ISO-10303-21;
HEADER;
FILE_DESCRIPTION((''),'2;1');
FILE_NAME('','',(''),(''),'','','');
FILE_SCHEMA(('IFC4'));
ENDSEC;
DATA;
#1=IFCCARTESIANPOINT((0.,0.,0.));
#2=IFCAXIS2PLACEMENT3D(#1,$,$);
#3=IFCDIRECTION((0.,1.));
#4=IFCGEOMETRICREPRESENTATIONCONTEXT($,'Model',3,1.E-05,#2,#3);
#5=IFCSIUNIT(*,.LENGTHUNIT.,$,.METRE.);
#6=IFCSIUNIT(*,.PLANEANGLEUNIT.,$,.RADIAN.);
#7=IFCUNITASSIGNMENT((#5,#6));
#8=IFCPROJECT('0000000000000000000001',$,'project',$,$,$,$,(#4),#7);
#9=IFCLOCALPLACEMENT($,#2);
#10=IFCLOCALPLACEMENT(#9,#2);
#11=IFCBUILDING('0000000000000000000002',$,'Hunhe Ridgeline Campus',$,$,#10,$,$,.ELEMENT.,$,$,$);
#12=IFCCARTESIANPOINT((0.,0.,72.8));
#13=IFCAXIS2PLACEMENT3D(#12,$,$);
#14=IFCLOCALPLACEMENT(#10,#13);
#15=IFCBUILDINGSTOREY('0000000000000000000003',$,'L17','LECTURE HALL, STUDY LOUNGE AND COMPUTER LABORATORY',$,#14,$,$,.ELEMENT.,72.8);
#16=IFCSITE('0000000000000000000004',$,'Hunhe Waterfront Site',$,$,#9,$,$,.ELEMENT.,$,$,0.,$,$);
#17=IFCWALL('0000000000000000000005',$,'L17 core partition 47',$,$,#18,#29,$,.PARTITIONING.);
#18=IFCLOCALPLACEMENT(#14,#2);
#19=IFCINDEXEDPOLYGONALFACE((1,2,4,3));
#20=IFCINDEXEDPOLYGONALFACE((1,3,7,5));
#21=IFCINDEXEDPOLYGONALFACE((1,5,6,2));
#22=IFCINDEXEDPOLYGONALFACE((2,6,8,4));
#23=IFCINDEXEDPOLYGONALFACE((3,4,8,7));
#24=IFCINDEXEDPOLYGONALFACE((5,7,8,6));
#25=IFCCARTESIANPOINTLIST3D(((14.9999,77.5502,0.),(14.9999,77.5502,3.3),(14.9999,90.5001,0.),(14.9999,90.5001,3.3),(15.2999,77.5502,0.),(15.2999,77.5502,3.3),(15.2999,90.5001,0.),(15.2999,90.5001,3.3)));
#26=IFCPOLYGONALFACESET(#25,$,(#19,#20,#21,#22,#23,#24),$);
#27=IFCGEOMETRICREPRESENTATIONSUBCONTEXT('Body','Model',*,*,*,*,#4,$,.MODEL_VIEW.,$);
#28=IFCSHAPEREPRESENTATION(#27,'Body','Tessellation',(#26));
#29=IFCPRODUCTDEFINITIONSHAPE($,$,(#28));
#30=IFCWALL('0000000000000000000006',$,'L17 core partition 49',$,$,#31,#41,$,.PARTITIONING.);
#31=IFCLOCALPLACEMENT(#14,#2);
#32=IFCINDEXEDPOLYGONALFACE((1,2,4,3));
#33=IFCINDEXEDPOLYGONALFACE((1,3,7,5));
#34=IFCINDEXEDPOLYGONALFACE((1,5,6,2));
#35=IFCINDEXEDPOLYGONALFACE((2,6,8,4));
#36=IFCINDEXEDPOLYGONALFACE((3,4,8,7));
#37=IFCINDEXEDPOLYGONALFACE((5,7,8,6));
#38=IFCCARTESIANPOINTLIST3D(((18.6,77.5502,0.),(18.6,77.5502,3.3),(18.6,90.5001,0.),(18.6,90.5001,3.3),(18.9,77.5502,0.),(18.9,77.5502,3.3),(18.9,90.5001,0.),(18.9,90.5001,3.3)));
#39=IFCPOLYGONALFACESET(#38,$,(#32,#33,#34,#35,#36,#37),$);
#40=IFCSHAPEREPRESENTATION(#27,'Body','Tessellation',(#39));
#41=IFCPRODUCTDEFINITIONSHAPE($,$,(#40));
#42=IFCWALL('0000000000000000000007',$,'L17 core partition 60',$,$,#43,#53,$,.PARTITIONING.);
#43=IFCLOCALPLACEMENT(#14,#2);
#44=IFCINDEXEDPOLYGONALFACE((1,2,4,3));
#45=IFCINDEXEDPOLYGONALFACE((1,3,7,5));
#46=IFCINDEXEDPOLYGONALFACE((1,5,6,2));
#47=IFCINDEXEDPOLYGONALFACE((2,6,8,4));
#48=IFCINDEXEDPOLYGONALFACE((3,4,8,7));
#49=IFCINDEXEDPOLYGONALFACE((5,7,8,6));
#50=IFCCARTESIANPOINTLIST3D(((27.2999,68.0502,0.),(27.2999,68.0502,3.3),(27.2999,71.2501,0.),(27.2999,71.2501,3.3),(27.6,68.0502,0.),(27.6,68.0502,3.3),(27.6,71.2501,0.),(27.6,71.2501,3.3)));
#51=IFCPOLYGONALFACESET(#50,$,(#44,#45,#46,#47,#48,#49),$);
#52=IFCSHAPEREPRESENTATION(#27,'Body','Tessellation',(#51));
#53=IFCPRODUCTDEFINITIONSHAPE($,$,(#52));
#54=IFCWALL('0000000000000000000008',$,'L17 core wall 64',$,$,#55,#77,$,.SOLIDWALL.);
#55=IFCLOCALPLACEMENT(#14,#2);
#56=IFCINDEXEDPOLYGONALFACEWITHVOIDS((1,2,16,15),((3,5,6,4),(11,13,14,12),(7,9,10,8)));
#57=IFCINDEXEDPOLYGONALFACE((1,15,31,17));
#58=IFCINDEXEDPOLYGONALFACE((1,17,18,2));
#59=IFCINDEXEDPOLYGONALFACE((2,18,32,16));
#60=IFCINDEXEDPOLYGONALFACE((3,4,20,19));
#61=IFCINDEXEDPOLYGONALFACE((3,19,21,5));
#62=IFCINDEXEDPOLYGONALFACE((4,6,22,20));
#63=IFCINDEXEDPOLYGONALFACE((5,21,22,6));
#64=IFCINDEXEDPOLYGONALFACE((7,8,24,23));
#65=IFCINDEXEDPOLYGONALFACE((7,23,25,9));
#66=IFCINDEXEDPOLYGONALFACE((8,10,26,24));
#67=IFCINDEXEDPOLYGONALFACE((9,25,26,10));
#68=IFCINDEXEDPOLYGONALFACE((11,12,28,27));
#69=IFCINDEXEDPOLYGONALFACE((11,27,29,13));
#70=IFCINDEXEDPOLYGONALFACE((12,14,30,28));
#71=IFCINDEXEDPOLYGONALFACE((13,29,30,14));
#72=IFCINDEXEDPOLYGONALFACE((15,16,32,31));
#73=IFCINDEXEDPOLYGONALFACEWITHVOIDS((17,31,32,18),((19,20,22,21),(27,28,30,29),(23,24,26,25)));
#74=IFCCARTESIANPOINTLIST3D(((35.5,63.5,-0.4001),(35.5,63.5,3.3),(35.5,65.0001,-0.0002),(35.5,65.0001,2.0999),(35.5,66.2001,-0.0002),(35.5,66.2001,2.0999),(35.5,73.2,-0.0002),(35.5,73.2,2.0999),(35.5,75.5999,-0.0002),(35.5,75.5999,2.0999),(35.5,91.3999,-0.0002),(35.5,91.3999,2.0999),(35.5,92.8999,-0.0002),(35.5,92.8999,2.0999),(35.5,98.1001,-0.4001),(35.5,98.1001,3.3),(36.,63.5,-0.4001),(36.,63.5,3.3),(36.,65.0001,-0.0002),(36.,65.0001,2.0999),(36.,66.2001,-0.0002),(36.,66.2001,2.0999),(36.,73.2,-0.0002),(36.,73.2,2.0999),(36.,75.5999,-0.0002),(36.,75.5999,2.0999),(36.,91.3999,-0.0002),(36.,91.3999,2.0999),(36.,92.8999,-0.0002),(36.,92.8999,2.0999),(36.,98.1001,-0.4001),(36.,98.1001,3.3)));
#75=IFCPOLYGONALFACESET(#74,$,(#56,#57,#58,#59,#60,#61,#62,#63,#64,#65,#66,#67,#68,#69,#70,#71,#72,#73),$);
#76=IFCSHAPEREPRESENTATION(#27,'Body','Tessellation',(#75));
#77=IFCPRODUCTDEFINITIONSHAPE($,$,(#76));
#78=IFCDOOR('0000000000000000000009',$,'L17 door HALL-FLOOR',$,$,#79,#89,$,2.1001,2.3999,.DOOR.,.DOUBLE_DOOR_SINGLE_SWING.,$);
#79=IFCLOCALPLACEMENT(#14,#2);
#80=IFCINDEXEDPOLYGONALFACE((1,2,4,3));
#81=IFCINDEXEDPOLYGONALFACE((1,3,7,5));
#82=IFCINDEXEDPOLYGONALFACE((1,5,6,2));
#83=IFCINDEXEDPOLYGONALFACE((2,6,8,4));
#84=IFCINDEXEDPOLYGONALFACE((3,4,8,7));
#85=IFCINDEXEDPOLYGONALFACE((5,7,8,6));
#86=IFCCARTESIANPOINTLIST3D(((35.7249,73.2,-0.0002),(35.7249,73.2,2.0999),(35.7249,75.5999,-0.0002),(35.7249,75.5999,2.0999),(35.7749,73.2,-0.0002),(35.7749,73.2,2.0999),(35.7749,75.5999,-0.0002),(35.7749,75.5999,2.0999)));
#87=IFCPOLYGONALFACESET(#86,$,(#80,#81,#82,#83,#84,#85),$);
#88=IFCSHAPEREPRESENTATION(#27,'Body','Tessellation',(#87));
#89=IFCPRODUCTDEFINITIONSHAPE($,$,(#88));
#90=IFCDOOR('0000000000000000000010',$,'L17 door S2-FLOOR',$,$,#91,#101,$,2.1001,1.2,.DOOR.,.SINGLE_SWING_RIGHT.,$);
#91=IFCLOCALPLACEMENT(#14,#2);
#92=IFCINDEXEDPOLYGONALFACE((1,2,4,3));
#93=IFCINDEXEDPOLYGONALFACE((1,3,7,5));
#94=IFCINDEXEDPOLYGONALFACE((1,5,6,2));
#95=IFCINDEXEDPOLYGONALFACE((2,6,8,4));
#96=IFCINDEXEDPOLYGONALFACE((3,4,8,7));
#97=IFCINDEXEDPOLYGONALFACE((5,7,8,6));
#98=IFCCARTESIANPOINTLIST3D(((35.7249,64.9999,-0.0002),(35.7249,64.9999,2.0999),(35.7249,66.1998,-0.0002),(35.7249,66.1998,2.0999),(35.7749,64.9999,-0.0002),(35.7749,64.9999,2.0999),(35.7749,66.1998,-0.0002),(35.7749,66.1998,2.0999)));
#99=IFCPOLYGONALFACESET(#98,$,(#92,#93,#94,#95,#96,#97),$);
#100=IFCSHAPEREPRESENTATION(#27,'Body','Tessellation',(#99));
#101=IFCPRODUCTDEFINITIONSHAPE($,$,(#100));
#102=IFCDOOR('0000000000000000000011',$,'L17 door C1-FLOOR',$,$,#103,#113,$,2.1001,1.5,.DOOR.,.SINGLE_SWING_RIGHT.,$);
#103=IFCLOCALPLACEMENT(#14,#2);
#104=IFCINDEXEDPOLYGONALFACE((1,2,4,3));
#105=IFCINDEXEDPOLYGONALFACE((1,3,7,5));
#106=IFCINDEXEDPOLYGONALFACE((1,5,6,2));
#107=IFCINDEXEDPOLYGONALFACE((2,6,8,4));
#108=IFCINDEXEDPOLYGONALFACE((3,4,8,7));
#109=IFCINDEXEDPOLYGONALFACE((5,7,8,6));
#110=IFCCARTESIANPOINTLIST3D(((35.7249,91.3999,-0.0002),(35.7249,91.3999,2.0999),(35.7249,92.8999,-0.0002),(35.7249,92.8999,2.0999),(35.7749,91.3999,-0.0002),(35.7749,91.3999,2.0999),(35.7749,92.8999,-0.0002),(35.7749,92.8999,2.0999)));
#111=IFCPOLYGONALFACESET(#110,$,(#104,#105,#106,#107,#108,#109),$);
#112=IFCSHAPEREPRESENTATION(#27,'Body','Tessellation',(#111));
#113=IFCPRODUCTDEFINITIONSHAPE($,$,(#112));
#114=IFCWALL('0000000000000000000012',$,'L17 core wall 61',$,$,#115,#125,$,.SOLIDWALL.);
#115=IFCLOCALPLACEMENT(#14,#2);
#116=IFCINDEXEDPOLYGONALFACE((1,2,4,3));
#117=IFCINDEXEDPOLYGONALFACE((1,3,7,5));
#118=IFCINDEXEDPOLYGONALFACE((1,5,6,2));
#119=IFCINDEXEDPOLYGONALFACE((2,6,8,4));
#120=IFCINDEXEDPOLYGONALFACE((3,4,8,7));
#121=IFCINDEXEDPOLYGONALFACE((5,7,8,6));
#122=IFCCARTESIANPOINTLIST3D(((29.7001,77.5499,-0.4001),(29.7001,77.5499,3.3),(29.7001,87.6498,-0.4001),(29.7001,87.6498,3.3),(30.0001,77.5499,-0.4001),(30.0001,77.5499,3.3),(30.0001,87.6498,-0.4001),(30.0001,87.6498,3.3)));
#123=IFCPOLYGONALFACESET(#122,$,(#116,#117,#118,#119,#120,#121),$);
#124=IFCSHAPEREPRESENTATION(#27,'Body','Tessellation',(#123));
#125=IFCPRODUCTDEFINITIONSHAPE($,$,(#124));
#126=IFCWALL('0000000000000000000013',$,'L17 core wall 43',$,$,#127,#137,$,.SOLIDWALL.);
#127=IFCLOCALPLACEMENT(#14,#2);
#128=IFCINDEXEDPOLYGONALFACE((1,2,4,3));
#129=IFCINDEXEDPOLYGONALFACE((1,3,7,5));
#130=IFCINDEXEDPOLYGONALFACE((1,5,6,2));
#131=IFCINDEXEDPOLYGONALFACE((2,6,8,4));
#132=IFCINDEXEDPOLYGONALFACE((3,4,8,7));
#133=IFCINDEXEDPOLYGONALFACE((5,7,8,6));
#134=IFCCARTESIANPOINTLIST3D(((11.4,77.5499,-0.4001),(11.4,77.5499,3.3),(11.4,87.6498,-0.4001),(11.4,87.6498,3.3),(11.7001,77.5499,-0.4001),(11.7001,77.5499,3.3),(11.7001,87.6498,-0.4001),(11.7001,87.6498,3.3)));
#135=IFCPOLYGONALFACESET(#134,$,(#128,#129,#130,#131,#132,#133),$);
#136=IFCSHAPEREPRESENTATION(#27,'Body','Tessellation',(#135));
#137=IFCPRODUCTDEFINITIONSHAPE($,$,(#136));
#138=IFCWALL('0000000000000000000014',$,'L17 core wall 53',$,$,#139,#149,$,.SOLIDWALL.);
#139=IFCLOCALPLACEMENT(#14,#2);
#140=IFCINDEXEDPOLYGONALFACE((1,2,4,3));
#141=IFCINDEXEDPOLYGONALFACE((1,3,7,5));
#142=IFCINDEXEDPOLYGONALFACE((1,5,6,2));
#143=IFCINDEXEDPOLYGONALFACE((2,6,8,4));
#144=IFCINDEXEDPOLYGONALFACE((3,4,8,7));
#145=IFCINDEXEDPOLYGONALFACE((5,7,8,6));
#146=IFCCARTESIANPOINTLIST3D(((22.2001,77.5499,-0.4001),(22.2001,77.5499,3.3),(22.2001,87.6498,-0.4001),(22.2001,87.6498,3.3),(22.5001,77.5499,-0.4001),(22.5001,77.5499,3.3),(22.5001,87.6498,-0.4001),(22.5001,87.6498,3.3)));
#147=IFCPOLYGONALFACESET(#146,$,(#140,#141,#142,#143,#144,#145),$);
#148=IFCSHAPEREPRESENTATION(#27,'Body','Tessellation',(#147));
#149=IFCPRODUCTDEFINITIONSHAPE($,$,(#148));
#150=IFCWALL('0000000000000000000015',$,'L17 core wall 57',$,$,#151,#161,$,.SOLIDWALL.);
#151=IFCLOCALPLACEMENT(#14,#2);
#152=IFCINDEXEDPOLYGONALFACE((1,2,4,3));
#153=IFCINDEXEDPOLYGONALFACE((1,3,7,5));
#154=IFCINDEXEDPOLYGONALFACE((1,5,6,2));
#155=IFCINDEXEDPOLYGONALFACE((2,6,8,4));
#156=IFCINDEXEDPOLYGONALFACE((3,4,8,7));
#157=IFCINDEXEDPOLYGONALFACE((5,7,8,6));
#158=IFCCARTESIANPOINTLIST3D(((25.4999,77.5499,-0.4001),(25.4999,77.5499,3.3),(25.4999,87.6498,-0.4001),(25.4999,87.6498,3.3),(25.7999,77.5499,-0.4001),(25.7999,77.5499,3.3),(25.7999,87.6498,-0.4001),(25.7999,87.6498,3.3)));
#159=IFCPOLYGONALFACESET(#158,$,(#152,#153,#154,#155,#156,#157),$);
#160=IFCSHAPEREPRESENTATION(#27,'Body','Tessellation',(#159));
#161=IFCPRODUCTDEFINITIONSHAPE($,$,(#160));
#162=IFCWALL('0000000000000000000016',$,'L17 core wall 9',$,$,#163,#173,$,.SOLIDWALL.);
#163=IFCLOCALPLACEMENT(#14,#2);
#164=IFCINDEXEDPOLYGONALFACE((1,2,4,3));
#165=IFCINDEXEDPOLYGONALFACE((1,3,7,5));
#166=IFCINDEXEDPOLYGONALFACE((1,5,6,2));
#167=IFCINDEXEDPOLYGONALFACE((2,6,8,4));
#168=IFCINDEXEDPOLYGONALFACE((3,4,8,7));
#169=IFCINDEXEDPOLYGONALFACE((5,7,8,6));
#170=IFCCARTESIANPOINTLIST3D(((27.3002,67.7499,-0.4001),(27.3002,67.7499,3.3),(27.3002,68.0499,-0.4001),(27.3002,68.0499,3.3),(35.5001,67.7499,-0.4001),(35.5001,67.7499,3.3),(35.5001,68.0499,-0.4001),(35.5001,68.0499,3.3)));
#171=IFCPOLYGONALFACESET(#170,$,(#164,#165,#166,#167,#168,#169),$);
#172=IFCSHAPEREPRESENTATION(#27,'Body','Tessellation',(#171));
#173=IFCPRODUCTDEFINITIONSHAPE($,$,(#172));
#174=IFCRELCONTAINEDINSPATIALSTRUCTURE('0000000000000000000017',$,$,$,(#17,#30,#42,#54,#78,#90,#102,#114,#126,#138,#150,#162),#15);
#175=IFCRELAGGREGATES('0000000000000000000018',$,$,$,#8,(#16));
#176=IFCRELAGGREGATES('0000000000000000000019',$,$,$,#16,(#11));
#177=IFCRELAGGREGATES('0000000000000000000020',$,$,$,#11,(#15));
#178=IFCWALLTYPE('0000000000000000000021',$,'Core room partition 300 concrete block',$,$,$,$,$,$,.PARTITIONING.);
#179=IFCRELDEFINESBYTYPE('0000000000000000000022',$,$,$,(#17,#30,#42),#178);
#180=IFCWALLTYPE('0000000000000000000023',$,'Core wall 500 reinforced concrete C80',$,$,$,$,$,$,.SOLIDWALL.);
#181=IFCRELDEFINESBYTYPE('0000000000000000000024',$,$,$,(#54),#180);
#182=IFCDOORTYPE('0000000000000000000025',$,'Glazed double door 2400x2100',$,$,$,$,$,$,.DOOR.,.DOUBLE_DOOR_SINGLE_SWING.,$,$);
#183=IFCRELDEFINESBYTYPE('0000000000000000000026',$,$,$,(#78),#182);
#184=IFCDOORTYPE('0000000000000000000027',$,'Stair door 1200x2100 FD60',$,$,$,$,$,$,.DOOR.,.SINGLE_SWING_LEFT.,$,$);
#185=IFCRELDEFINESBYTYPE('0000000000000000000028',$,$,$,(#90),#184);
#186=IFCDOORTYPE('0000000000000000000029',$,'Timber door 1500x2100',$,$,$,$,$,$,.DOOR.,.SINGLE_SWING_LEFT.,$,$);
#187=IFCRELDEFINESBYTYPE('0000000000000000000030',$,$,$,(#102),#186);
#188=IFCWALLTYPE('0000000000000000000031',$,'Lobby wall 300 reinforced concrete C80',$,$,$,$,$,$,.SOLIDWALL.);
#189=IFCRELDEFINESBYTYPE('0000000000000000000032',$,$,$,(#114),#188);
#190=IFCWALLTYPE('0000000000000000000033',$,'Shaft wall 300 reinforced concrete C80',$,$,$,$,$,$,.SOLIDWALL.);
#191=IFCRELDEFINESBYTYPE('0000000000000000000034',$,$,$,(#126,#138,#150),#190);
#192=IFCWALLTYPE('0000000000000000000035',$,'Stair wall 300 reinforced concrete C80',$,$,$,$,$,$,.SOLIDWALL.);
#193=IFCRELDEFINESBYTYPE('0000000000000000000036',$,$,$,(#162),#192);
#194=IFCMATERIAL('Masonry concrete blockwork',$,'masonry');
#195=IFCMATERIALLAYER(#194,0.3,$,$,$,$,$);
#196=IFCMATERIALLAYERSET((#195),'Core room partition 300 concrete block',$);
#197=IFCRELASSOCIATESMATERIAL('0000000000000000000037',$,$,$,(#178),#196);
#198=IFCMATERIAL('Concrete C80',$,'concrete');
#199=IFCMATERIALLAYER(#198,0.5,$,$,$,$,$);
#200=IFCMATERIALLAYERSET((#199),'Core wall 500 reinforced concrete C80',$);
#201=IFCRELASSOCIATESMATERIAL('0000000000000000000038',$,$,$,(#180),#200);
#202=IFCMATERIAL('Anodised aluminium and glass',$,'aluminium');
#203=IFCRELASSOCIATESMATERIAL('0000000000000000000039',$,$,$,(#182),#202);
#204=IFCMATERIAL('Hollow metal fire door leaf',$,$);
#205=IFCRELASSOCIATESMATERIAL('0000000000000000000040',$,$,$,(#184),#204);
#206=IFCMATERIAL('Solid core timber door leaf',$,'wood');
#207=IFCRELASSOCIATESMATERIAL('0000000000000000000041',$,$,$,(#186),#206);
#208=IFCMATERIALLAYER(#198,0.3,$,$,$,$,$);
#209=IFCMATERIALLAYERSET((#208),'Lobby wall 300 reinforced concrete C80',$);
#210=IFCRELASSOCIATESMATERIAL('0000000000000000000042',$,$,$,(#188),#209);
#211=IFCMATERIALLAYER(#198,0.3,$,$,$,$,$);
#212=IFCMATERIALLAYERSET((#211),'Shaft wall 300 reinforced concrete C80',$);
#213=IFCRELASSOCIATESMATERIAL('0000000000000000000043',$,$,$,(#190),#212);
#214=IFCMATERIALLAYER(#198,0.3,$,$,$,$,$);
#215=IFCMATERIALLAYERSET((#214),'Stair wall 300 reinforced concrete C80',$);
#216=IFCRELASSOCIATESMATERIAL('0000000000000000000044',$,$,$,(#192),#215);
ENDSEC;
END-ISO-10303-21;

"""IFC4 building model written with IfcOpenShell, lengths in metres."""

from ifc_helpers import new_model, si_unit, direction, frame, frame_2d, origin, place, context, subcontext, project, spatial, rectangle, extrude, material, layer, layer_set, type_object, element, fill, save


model = new_model("IFC4")

# Units and contexts
model_context = context("Model", 3, precision=1e-05, world=origin(), true_north=direction((0.0, 1.0)))
body_context = subcontext(model_context, "Body", "Model", "MODEL_VIEW")
ifc_project = project(units=[si_unit("LENGTHUNIT", "METRE"), si_unit("PLANEANGLEUNIT", "RADIAN")], contexts=[model_context])

# Site, building, storey
site_placement = place(None, origin())
site = spatial("IfcSite", under=ifc_project, at=site_placement, Name="Hunhe Waterfront Site", CompositionType="ELEMENT", RefElevation=0.0)
building_placement = place(site_placement, origin())
building = spatial("IfcBuilding", under=site, at=building_placement, Name="Hunhe Ridgeline Campus", CompositionType="ELEMENT")
storey_placement = place(building_placement, frame((0.0, 0.0, 72.8)))
storey = spatial("IfcBuildingStorey", under=building, at=storey_placement, Name="L17", Description="LECTURE HALL, STUDY LOUNGE AND COMPUTER LABORATORY", CompositionType="ELEMENT", Elevation=72.8)

# Shared definitions
ifc_material_1 = material(Name="Masonry concrete blockwork", Category="masonry")
ifc_layer_1 = layer(ifc_material_1, 0.3)
ifc_layer_set_1 = layer_set([ifc_layer_1], Name="Core room partition 300 concrete block")
wall_type_1 = type_object("IfcWallType", Name="Core room partition 300 concrete block", PredefinedType="PARTITIONING", material=ifc_layer_set_1)
ifc_material_2 = material(Name="Solid core timber door leaf", Category="wood")

# Walls
for number, where, z_axis, x_axis, name in (
    (1, (15.1499, 77.55, 0.0), (0.0, 0.0, 1.0), (0.0, 1.0, 0.0), "L17 core partition 47"),
    (2, (18.75, 77.55, 0.0), (0.0, 0.0, 1.0), (0.0, 1.0, 0.0), "L17 core partition 49"),
):
    element("IfcWall", number, at=place(storey_placement, frame(where, z_axis=z_axis, x_axis=x_axis)), inside=storey, type_object=wall_type_1, Name=name, PredefinedType="PARTITIONING", context=body_context, shape_type="SweptSolid", body=[
        extrude(rectangle(XDim=12.95, YDim=0.3, at=frame_2d((6.4751, 0.0))), origin(), (0.0, 0.0, 1.0), 3.3),
    ])
wall_1_placement = place(storey_placement, frame((27.45, 68.05, 0.0), z_axis=(0.0, 0.0, 1.0), x_axis=(0.0, 1.0, 0.0)))
element("IfcWall", 3, at=wall_1_placement, inside=storey, type_object=wall_type_1, Name="L17 core partition 60", PredefinedType="PARTITIONING", context=body_context, shape_type="SweptSolid", body=[
    extrude(rectangle(XDim=3.2, YDim=0.3, at=frame_2d((1.6001, 0.0))), origin(), (0.0, 0.0, 1.0), 3.3),
])

# Wall, openings, doors
ifc_material_3 = material(Name="Concrete C80", Category="concrete")
ifc_layer_2 = layer(ifc_material_3, 0.5)
ifc_layer_set_2 = layer_set([ifc_layer_2], Name="Core wall 500 reinforced concrete C80")
wall_type_2 = type_object("IfcWallType", Name="Core wall 500 reinforced concrete C80", PredefinedType="SOLIDWALL", material=ifc_layer_set_2)
wall_2_placement = place(storey_placement, frame((35.75, 63.5, -0.4001), z_axis=(0.0, 0.0, 1.0), x_axis=(0.0, 1.0, 0.0)))
wall_2 = element("IfcWall", 4, at=wall_2_placement, inside=storey, type_object=wall_type_2, Name="L17 core wall 64", PredefinedType="SOLIDWALL", context=body_context, shape_type="SweptSolid", body=[
    extrude(rectangle(XDim=34.6001, YDim=0.5, at=frame_2d((17.3, 0.0))), origin(), (0.0, 0.0, 1.0), 3.7002),
])
opening_1_placement = place(wall_2_placement, frame((9.7, 0.0, 0.3999)))
opening_1 = element("IfcOpeningElement", 5, at=opening_1_placement, cuts=wall_2, PredefinedType="OPENING", context=body_context, shape_type="SweptSolid", body=[
    extrude(rectangle(XDim=2.3999, YDim=2.1001, at=frame_2d((1.2, 1.05))), frame((0.0, 0.25, 0.0), z_axis=(0.0, -1.0, 0.0), x_axis=(1.0, 0.0, 0.0)), (0.0, 0.0, 1.0), 0.5),
])
opening_2_placement = place(wall_2_placement, frame((27.8999, 0.0, 0.3999)))
opening_2 = element("IfcOpeningElement", 6, at=opening_2_placement, cuts=wall_2, PredefinedType="OPENING", context=body_context, shape_type="SweptSolid", body=[
    extrude(rectangle(XDim=1.5, YDim=2.1001, at=frame_2d((0.75, 1.05))), frame((0.0, 0.25, 0.0), z_axis=(0.0, -1.0, 0.0), x_axis=(1.0, 0.0, 0.0)), (0.0, 0.0, 1.0), 0.5),
])
opening_3_placement = place(wall_2_placement, frame((1.5, 0.0, 0.3999)))
opening_3 = element("IfcOpeningElement", 7, at=opening_3_placement, cuts=wall_2, PredefinedType="OPENING", context=body_context, shape_type="SweptSolid", body=[
    extrude(rectangle(XDim=1.2, YDim=2.1001, at=frame_2d((0.6001, 1.05))), frame((0.0, 0.25, 0.0), z_axis=(0.0, -1.0, 0.0), x_axis=(1.0, 0.0, 0.0)), (0.0, 0.0, 1.0), 0.5),
])
ifc_material_4 = material(Name="Anodised aluminium and glass", Category="aluminium")
door_type_1 = type_object("IfcDoorType", Name="Glazed double door 2400x2100", OperationType="DOUBLE_DOOR_SINGLE_SWING", PredefinedType="DOOR", material=ifc_material_4)
door_1_placement = place(opening_1_placement, frame((2.3999, 0.0, 0.0), z_axis=(0.0, 0.0, 1.0), x_axis=(-1.0, 0.0, 0.0)))
door_1 = element("IfcDoor", 8, at=door_1_placement, inside=storey, type_object=door_type_1, Name="L17 door HALL-FLOOR", OperationType="DOUBLE_DOOR_SINGLE_SWING", OverallHeight=2.1001, OverallWidth=2.3999, PredefinedType="DOOR", context=body_context, shape_type="SweptSolid", body=[
    extrude(rectangle(XDim=2.3999, YDim=2.1001, at=frame_2d((1.2, 1.05))), frame((0.0, 0.0249, 0.0), z_axis=(0.0, -1.0, 0.0), x_axis=(1.0, 0.0, 0.0)), (0.0, 0.0, 1.0), 0.05),
])
fill(opening_1, door_1)
ifc_material_5 = material(Name="Hollow metal fire door leaf")
door_type_2 = type_object("IfcDoorType", Name="Stair door 1200x2100 FD60", OperationType="SINGLE_SWING_LEFT", PredefinedType="DOOR", material=ifc_material_5)
door_2_placement = place(opening_3_placement, frame((1.2, 0.0, 0.0), z_axis=(0.0, 0.0, 1.0), x_axis=(-1.0, 0.0, 0.0)))
door_2 = element("IfcDoor", 9, at=door_2_placement, inside=storey, type_object=door_type_2, Name="L17 door S2-FLOOR", OperationType="SINGLE_SWING_RIGHT", OverallHeight=2.1001, OverallWidth=1.2, PredefinedType="DOOR", context=body_context, shape_type="SweptSolid", body=[
    extrude(rectangle(XDim=1.2, YDim=2.1001, at=frame_2d((0.6001, 1.05))), frame((0.0, 0.0249, 0.0), z_axis=(0.0, -1.0, 0.0), x_axis=(1.0, 0.0, 0.0)), (0.0, 0.0, 1.0), 0.05),
])
fill(opening_3, door_2)
door_type_3 = type_object("IfcDoorType", Name="Timber door 1500x2100", OperationType="SINGLE_SWING_LEFT", PredefinedType="DOOR", material=ifc_material_2)
door_3_placement = place(opening_2_placement, frame((1.5, 0.0, 0.0), z_axis=(0.0, 0.0, 1.0), x_axis=(-1.0, 0.0, 0.0)))
door_3 = element("IfcDoor", 10, at=door_3_placement, inside=storey, type_object=door_type_3, Name="L17 door C1-FLOOR", OperationType="SINGLE_SWING_RIGHT", OverallHeight=2.1001, OverallWidth=1.5, PredefinedType="DOOR", context=body_context, shape_type="SweptSolid", body=[
    extrude(rectangle(XDim=1.5, YDim=2.1001, at=frame_2d((0.75, 1.05))), frame((0.0, 0.0249, 0.0), z_axis=(0.0, -1.0, 0.0), x_axis=(1.0, 0.0, 0.0)), (0.0, 0.0, 1.0), 0.05),
])
fill(opening_2, door_3)

# Walls
ifc_layer_3 = layer(ifc_material_3, 0.3)
ifc_layer_set_3 = layer_set([ifc_layer_3], Name="Lobby wall 300 reinforced concrete C80")
wall_type_3 = type_object("IfcWallType", Name="Lobby wall 300 reinforced concrete C80", PredefinedType="SOLIDWALL", material=ifc_layer_set_3)
wall_3_placement = place(storey_placement, frame((29.8501, 77.55, -0.4001), z_axis=(0.0, 0.0, 1.0), x_axis=(0.0, 1.0, 0.0)))
element("IfcWall", 11, at=wall_3_placement, inside=storey, type_object=wall_type_3, Name="L17 core wall 61", PredefinedType="SOLIDWALL", context=body_context, shape_type="SweptSolid", body=[
    extrude(rectangle(XDim=10.0999, YDim=0.3, at=frame_2d((5.0498, 0.0))), origin(), (0.0, 0.0, 1.0), 3.7002),
])
ifc_layer_4 = layer(ifc_material_3, 0.3)
ifc_layer_set_4 = layer_set([ifc_layer_4], Name="Shaft wall 300 reinforced concrete C80")
wall_type_4 = type_object("IfcWallType", Name="Shaft wall 300 reinforced concrete C80", PredefinedType="SOLIDWALL", material=ifc_layer_set_4)
for number, where, z_axis, x_axis, name in (
    (12, (11.55, 77.55, -0.4001), (0.0, 0.0, 1.0), (0.0, 1.0, 0.0), "L17 core wall 43"),
    (13, (22.3501, 77.55, -0.4001), (0.0, 0.0, 1.0), (0.0, 1.0, 0.0), "L17 core wall 53"),
    (14, (25.6499, 77.55, -0.4001), (0.0, 0.0, 1.0), (0.0, 1.0, 0.0), "L17 core wall 57"),
):
    element("IfcWall", number, at=place(storey_placement, frame(where, z_axis=z_axis, x_axis=x_axis)), inside=storey, type_object=wall_type_4, Name=name, PredefinedType="SOLIDWALL", context=body_context, shape_type="SweptSolid", body=[
        extrude(rectangle(XDim=10.0999, YDim=0.3, at=frame_2d((5.0498, 0.0))), origin(), (0.0, 0.0, 1.0), 3.7002),
    ])
ifc_layer_5 = layer(ifc_material_3, 0.3)
ifc_layer_set_5 = layer_set([ifc_layer_5], Name="Stair wall 300 reinforced concrete C80")
wall_type_5 = type_object("IfcWallType", Name="Stair wall 300 reinforced concrete C80", PredefinedType="SOLIDWALL", material=ifc_layer_set_5)
wall_4_placement = place(storey_placement, frame((27.3, 67.8999, -0.4001), z_axis=(0.0, 0.0, 1.0), x_axis=(1.0, 0.0, 0.0)))
element("IfcWall", 15, at=wall_4_placement, inside=storey, type_object=wall_type_5, Name="L17 core wall 9", PredefinedType="SOLIDWALL", context=body_context, shape_type="SweptSolid", body=[
    extrude(rectangle(XDim=8.2, YDim=0.3, at=frame_2d((4.1001, 0.0))), origin(), (0.0, 0.0, 1.0), 3.7002),
])

save(model, "model.ifc")
